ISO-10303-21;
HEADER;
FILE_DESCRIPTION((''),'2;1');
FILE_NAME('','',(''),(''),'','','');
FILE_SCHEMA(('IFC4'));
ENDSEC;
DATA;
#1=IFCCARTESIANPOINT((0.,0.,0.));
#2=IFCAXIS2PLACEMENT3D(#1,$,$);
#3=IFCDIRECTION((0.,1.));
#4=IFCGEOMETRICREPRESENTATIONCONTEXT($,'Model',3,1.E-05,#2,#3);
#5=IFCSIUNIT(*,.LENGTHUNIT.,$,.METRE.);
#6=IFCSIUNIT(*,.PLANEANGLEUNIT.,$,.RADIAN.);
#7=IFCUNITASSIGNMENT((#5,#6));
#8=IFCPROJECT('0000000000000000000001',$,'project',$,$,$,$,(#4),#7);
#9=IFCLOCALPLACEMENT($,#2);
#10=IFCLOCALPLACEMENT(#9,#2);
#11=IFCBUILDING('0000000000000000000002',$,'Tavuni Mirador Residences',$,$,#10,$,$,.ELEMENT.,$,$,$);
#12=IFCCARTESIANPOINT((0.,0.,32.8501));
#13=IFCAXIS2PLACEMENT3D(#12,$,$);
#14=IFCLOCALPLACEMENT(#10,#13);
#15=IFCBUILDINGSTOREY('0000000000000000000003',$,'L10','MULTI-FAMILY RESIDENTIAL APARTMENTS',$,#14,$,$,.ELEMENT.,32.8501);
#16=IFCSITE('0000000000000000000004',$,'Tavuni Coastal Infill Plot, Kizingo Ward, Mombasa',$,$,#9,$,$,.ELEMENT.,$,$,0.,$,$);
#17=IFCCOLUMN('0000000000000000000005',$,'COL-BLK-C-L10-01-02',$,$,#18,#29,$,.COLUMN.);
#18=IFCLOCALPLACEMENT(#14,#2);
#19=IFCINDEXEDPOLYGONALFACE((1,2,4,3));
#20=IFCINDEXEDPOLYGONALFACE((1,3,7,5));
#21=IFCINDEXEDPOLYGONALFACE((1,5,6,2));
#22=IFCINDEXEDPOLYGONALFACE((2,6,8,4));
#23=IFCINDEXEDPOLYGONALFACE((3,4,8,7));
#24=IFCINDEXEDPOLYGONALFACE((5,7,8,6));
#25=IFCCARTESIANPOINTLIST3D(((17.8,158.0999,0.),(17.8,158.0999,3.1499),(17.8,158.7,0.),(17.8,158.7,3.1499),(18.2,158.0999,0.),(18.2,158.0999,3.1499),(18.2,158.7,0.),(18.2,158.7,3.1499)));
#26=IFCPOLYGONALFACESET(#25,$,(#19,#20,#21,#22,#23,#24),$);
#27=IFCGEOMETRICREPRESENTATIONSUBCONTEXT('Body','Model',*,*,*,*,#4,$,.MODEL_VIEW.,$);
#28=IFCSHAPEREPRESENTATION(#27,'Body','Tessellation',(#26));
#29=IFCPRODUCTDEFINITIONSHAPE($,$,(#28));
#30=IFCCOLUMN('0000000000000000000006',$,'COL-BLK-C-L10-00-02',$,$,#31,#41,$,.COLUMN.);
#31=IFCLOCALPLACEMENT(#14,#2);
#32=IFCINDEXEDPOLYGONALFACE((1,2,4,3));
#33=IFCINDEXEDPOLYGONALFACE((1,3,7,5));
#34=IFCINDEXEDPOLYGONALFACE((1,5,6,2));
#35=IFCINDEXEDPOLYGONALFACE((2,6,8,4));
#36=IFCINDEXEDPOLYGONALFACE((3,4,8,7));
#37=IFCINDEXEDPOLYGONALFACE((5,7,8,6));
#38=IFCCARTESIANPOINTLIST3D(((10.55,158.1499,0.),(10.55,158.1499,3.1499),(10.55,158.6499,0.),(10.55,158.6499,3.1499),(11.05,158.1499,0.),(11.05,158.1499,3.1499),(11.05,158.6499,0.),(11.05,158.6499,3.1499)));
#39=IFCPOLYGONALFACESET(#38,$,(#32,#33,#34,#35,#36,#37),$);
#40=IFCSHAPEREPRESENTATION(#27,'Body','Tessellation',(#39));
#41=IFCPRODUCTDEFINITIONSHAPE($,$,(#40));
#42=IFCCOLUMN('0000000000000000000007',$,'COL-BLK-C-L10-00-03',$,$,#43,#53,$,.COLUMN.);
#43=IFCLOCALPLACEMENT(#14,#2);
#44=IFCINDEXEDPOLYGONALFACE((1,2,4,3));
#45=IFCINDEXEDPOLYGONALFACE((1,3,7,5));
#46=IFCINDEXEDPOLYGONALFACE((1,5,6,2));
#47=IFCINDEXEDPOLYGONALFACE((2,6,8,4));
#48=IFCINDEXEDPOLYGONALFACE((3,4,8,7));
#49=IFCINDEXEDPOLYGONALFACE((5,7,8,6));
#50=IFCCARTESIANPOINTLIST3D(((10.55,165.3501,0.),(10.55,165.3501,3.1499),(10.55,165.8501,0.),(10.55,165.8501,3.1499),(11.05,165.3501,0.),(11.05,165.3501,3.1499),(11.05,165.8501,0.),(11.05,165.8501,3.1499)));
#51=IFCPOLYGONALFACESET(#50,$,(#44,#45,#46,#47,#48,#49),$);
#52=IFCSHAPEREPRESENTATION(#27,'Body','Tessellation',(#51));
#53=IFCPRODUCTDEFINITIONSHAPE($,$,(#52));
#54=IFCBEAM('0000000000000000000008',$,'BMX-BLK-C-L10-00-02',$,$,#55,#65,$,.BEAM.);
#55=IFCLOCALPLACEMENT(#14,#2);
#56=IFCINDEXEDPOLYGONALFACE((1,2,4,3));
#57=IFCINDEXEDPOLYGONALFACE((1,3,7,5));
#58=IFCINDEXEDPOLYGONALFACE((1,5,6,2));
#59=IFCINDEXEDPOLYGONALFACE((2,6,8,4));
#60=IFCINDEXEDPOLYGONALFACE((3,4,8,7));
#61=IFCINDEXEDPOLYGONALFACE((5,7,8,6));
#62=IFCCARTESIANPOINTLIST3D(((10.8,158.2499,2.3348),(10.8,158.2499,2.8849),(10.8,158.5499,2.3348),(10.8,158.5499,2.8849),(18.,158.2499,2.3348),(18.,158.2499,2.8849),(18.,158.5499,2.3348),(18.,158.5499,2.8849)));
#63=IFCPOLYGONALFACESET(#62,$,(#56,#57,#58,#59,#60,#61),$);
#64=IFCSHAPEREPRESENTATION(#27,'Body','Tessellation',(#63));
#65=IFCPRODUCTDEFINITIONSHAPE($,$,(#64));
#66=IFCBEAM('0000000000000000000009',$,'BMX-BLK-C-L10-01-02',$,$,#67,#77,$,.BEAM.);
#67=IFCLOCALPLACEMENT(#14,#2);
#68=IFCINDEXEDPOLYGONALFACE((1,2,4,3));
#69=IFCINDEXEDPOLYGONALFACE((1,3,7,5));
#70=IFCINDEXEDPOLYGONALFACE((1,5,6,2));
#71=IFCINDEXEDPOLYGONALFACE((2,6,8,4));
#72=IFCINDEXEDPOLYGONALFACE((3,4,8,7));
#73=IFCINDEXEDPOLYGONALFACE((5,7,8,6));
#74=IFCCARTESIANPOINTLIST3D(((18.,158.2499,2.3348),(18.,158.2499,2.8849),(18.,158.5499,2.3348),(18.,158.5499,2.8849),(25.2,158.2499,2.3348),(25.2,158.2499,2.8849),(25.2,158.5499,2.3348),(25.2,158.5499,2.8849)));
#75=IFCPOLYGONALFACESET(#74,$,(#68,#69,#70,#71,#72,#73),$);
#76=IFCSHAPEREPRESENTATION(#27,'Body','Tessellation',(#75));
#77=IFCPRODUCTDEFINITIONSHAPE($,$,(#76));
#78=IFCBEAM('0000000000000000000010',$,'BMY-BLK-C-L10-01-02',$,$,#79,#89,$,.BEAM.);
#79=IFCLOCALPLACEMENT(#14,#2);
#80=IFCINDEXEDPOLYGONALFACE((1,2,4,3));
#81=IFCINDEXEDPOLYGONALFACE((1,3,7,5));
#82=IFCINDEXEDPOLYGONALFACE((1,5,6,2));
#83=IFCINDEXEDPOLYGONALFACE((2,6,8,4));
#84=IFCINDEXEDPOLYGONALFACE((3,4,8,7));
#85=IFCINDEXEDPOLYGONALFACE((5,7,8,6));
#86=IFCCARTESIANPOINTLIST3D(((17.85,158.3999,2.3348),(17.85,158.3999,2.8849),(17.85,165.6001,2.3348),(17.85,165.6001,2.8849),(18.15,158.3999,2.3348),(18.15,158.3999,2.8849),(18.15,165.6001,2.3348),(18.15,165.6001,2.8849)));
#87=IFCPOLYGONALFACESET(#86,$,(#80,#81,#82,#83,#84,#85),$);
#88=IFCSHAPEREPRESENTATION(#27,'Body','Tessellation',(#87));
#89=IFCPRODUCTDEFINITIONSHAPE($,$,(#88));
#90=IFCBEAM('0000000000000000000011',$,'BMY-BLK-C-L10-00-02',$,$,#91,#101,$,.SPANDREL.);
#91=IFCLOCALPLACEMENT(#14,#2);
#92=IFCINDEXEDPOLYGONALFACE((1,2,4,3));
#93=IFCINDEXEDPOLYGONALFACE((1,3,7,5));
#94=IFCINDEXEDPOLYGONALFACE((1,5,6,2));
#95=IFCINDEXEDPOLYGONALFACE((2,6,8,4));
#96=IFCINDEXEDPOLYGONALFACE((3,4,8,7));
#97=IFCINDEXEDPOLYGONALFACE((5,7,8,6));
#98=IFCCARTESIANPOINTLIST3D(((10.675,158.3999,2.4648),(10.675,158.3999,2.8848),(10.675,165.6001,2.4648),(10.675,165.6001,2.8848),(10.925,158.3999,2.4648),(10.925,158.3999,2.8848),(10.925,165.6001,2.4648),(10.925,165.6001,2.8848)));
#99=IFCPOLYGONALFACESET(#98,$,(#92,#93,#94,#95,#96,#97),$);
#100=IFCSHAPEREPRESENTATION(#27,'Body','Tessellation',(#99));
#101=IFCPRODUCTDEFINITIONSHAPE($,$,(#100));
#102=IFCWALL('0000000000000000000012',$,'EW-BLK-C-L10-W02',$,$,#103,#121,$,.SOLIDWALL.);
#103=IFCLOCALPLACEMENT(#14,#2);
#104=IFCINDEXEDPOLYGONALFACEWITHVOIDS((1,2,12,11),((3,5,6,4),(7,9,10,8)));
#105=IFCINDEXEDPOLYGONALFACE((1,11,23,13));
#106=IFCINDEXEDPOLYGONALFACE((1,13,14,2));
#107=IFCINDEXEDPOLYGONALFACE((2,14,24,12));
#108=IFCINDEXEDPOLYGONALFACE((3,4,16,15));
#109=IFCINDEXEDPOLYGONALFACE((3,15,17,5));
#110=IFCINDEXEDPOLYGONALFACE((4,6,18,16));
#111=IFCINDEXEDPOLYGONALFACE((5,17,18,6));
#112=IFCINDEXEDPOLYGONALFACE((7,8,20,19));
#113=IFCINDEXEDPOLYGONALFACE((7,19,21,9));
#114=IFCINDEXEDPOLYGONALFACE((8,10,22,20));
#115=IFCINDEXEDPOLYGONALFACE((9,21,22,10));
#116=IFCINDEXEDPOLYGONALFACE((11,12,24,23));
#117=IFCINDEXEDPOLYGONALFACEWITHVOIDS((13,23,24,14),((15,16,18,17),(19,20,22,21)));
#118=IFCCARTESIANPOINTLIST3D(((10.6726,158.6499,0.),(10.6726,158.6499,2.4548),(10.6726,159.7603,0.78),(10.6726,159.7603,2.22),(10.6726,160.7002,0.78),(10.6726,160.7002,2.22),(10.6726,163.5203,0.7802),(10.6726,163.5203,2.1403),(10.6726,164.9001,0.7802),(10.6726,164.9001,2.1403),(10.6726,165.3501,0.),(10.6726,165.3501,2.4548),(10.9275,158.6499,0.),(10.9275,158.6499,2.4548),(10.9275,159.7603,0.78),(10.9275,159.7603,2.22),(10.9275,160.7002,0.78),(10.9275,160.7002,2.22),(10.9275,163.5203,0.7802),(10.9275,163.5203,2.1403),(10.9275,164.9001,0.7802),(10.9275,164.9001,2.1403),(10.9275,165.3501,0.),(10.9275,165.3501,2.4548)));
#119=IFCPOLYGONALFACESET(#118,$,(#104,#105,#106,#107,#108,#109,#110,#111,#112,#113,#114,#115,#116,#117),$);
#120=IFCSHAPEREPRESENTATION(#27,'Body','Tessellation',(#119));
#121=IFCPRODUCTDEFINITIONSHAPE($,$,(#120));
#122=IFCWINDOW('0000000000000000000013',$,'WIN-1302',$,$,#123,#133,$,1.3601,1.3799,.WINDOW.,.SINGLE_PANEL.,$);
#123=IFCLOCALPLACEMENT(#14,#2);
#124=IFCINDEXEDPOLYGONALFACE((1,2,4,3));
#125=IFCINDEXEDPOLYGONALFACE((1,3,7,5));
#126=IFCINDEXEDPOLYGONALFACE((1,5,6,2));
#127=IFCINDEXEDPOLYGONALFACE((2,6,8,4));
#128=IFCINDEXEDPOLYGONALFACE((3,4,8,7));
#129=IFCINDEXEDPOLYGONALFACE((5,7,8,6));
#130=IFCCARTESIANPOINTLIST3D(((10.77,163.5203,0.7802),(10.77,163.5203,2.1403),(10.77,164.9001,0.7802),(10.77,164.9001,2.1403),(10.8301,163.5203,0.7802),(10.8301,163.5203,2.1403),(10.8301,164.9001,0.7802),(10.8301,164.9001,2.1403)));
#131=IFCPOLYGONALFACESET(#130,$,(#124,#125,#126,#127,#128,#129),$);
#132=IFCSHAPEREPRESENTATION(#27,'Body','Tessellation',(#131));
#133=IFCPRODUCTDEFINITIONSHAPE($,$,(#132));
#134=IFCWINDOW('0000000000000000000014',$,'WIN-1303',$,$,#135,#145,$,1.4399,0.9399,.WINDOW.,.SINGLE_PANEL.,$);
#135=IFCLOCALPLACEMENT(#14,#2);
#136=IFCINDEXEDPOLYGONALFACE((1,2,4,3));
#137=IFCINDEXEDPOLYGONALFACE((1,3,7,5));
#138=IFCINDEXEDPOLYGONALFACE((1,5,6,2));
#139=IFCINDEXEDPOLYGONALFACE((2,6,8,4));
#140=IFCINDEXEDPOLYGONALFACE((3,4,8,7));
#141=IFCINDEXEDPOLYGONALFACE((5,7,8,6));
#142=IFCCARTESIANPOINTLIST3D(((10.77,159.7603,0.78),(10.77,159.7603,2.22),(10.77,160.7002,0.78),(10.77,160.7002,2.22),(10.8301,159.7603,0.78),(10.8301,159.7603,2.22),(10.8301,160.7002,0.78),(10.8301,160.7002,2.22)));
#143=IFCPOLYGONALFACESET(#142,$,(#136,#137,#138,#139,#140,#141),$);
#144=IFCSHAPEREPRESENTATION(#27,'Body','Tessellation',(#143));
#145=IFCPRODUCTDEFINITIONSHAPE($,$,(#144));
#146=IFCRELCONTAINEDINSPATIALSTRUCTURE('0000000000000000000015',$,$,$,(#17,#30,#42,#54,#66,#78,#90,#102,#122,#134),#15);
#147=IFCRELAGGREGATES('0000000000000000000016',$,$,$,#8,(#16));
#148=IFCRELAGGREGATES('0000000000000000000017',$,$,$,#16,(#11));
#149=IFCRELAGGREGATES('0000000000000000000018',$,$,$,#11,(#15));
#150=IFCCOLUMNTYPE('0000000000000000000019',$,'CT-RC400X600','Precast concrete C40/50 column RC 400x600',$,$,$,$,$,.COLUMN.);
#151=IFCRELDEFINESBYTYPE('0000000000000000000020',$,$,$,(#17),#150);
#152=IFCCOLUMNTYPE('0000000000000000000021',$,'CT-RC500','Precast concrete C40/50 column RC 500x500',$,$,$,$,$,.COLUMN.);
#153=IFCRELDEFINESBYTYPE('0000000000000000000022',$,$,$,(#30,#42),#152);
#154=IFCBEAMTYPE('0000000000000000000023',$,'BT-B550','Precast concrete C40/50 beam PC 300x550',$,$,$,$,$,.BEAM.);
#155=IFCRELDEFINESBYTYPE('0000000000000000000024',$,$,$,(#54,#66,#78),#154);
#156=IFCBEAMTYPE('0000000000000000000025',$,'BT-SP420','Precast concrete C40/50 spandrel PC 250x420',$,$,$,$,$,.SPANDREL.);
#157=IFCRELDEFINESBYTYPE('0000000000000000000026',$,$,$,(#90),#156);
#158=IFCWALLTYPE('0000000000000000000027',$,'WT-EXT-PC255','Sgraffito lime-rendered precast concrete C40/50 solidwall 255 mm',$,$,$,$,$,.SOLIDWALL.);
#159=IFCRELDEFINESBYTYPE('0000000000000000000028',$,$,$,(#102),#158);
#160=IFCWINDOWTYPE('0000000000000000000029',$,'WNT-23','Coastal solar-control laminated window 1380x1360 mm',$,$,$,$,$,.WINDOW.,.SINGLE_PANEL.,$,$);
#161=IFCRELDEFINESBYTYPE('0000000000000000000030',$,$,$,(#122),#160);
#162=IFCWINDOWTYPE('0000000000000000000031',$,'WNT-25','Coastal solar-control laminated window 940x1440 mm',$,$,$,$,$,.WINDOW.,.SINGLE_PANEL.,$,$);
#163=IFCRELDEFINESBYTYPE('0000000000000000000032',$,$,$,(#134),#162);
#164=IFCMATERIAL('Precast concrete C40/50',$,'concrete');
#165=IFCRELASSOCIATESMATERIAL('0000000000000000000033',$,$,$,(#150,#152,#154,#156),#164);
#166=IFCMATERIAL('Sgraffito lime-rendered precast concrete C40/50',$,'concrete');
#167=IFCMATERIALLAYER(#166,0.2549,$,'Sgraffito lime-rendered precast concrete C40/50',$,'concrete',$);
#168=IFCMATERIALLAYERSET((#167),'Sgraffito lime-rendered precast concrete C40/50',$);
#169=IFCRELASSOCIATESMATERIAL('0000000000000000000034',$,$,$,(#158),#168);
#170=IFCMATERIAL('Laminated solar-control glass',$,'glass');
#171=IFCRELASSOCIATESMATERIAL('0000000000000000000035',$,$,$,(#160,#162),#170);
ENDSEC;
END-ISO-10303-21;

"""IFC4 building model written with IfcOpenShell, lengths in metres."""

from ifc_helpers import new_model, si_unit, direction, frame, frame_2d, origin, origin_2d, place, context, subcontext, project, spatial, rectangle, extrude, material, layer, layer_set, material_profile, profile_set, type_object, element, fill, save


model = new_model("IFC4")

# Units and contexts
model_context = context("Model", 3, precision=1e-05, world=origin(), true_north=direction((0.0, 1.0)))
body_context = subcontext(model_context, "Body", "Model", "MODEL_VIEW")
ifc_project = project(units=[si_unit("LENGTHUNIT", "METRE"), si_unit("PLANEANGLEUNIT", "RADIAN")], contexts=[model_context])

# Site, building, storey
site_placement = place(None, origin())
site = spatial("IfcSite", under=ifc_project, at=site_placement, Name="Tavuni Coastal Infill Plot, Kizingo Ward, Mombasa", CompositionType="ELEMENT", RefElevation=0.0)
building_placement = place(site_placement, origin())
building = spatial("IfcBuilding", under=site, at=building_placement, Name="Tavuni Mirador Residences", CompositionType="ELEMENT")
storey_placement = place(building_placement, frame((0.0, 0.0, 32.8501)))
storey = spatial("IfcBuildingStorey", under=building, at=storey_placement, Name="L10", Description="MULTI-FAMILY RESIDENTIAL APARTMENTS", CompositionType="ELEMENT", Elevation=32.8501)

# Columns
ifc_material_1 = material(Name="Precast concrete C40/50", Category="concrete")
ifc_material_profile_1 = material_profile(ifc_material_1, rectangle(XDim=0.3999, YDim=0.6001, at=origin_2d()), Name="RC 400x600", Category="concrete")
ifc_profile_set_1 = profile_set([ifc_material_profile_1], Name="Precast concrete C40/50")
column_type_1 = type_object("IfcColumnType", Name="CT-RC400X600", Description="Precast concrete C40/50 column RC 400x600", PredefinedType="COLUMN", material=ifc_profile_set_1)
column_placement = place(storey_placement, frame((18.0, 158.3999, 0.0), z_axis=(0.0, 0.0, 1.0), x_axis=(1.0, 0.0, 0.0)))
element("IfcColumn", 1, at=column_placement, inside=storey, type_object=column_type_1, Name="COL-BLK-C-L10-01-02", PredefinedType="COLUMN", context=body_context, shape_type="SweptSolid", body=[
    extrude(rectangle(XDim=0.3999, YDim=0.6001, at=origin_2d()), origin(), (0.0, 0.0, 1.0), 3.1499),
])
ifc_material_profile_2 = material_profile(ifc_material_1, rectangle(XDim=0.5, YDim=0.5, at=origin_2d()), Name="RC 500x500", Category="concrete")
ifc_profile_set_2 = profile_set([ifc_material_profile_2], Name="Precast concrete C40/50")
column_type_2 = type_object("IfcColumnType", Name="CT-RC500", Description="Precast concrete C40/50 column RC 500x500", PredefinedType="COLUMN", material=ifc_profile_set_2)
for number, where, z_axis, x_axis, name in (
    (2, (10.8, 158.3999, 0.0), (0.0, 0.0, 1.0), (1.0, 0.0, 0.0), "COL-BLK-C-L10-00-02"),
    (3, (10.8, 165.6001, 0.0), (0.0, 0.0, 1.0), (1.0, 0.0, 0.0), "COL-BLK-C-L10-00-03"),
):
    element("IfcColumn", number, at=place(storey_placement, frame(where, z_axis=z_axis, x_axis=x_axis)), inside=storey, type_object=column_type_2, Name=name, PredefinedType="COLUMN", context=body_context, shape_type="SweptSolid", body=[
        extrude(rectangle(XDim=0.5, YDim=0.5, at=origin_2d()), origin(), (0.0, 0.0, 1.0), 3.1499),
    ])

# Beams
ifc_material_profile_3 = material_profile(ifc_material_1, rectangle(XDim=0.3, YDim=0.55, at=origin_2d()), Name="PC 300x550", Category="concrete")
ifc_profile_set_3 = profile_set([ifc_material_profile_3], Name="Precast concrete C40/50")
beam_type_1 = type_object("IfcBeamType", Name="BT-B550", Description="Precast concrete C40/50 beam PC 300x550", PredefinedType="BEAM", material=ifc_profile_set_3)
for number, where, z_axis, x_axis, name in (
    (4, (10.8, 158.3999, 2.6099), (1.0, 0.0, 0.0), (0.0, 1.0, 0.0), "BMX-BLK-C-L10-00-02"),
    (5, (18.0, 158.3999, 2.6099), (1.0, 0.0, 0.0), (0.0, 1.0, 0.0), "BMX-BLK-C-L10-01-02"),
):
    element("IfcBeam", number, at=place(storey_placement, frame(where, z_axis=z_axis, x_axis=x_axis)), inside=storey, type_object=beam_type_1, Name=name, PredefinedType="BEAM", context=body_context, shape_type="SweptSolid", body=[
        extrude(rectangle(XDim=0.3, YDim=0.55, at=origin_2d()), origin(), (0.0, 0.0, 1.0), 7.2),
    ])
beam_1_placement = place(storey_placement, frame((18.0, 158.3999, 2.6099), z_axis=(0.0, 1.0, 0.0), x_axis=(-1.0, 0.0, 0.0)))
element("IfcBeam", 6, at=beam_1_placement, inside=storey, type_object=beam_type_1, Name="BMY-BLK-C-L10-01-02", PredefinedType="BEAM", context=body_context, shape_type="SweptSolid", body=[
    extrude(rectangle(XDim=0.3, YDim=0.55, at=origin_2d()), origin(), (0.0, 0.0, 1.0), 7.2002),
])
ifc_material_profile_4 = material_profile(ifc_material_1, rectangle(XDim=0.25, YDim=0.4199, at=origin_2d()), Name="PC 250x420", Category="concrete")
ifc_profile_set_4 = profile_set([ifc_material_profile_4], Name="Precast concrete C40/50")
beam_type_2 = type_object("IfcBeamType", Name="BT-SP420", Description="Precast concrete C40/50 spandrel PC 250x420", PredefinedType="SPANDREL", material=ifc_profile_set_4)
beam_2_placement = place(storey_placement, frame((10.8, 158.3999, 2.6748), z_axis=(0.0, 1.0, 0.0), x_axis=(-1.0, 0.0, 0.0)))
element("IfcBeam", 7, at=beam_2_placement, inside=storey, type_object=beam_type_2, Name="BMY-BLK-C-L10-00-02", PredefinedType="SPANDREL", context=body_context, shape_type="SweptSolid", body=[
    extrude(rectangle(XDim=0.25, YDim=0.4199, at=origin_2d()), origin(), (0.0, 0.0, 1.0), 7.2002),
])

# Wall, openings, windows
ifc_material_2 = material(Name="Sgraffito lime-rendered precast concrete C40/50", Category="concrete")
ifc_layer_1 = layer(ifc_material_2, 0.2549, Name="Sgraffito lime-rendered precast concrete C40/50", Category="concrete")
ifc_layer_set_1 = layer_set([ifc_layer_1], Name="Sgraffito lime-rendered precast concrete C40/50")
wall_type_1 = type_object("IfcWallType", Name="WT-EXT-PC255", Description="Sgraffito lime-rendered precast concrete C40/50 solidwall 255 mm", PredefinedType="SOLIDWALL", material=ifc_layer_set_1)
wall_1_placement = place(storey_placement, frame((10.8, 165.3501, 0.0), z_axis=(0.0, 0.0, 1.0), x_axis=(0.0, -1.0, 0.0)))
wall_1 = element("IfcWall", 8, at=wall_1_placement, inside=storey, type_object=wall_type_1, Name="EW-BLK-C-L10-W02", PredefinedType="SOLIDWALL", context=body_context, shape_type="SweptSolid", body=[
    extrude(rectangle(XDim=6.7002, YDim=0.2549, at=frame_2d((3.3501, 0.0))), origin(), (0.0, 0.0, 1.0), 2.4548),
])
opening_1_placement = place(wall_1_placement, frame((0.45, 0.0, 0.78)))
opening_1 = element("IfcOpeningElement", 9, at=opening_1_placement, cuts=wall_1, PredefinedType="OPENING", context=body_context, shape_type="SweptSolid", body=[
    extrude(rectangle(XDim=1.3799, YDim=1.3601, at=frame_2d((0.6899, 0.6802))), frame((0.0, 0.1375, 0.0), z_axis=(0.0, -1.0, 0.0), x_axis=(1.0, 0.0, 0.0)), (0.0, 0.0, 1.0), 0.2749),
])
opening_2_placement = place(wall_1_placement, frame((4.6499, 0.0, 0.78)))
opening_2 = element("IfcOpeningElement", 10, at=opening_2_placement, cuts=wall_1, PredefinedType="OPENING", context=body_context, shape_type="SweptSolid", body=[
    extrude(rectangle(XDim=0.9399, YDim=1.4399, at=frame_2d((0.47, 0.72))), frame((0.0, 0.1375, 0.0), z_axis=(0.0, -1.0, 0.0), x_axis=(1.0, 0.0, 0.0)), (0.0, 0.0, 1.0), 0.2749),
])
ifc_material_3 = material(Name="Laminated solar-control glass", Category="glass")
window_type_1 = type_object("IfcWindowType", Name="WNT-23", Description="Coastal solar-control laminated window 1380x1360 mm", PartitioningType="SINGLE_PANEL", PredefinedType="WINDOW", material=ifc_material_3)
window_1_placement = place(opening_1_placement, origin())
window_1 = element("IfcWindow", 11, at=window_1_placement, inside=storey, type_object=window_type_1, Name="WIN-1302", OverallHeight=1.3601, OverallWidth=1.3799, PartitioningType="SINGLE_PANEL", PredefinedType="WINDOW", context=body_context, shape_type="SweptSolid", body=[
    extrude(rectangle(XDim=1.3799, YDim=1.3601, at=frame_2d((0.6899, 0.6802))), frame((0.0, 0.03, 0.0), z_axis=(0.0, -1.0, 0.0), x_axis=(1.0, 0.0, 0.0)), (0.0, 0.0, 1.0), 0.0601),
])
fill(opening_1, window_1)
window_type_2 = type_object("IfcWindowType", Name="WNT-25", Description="Coastal solar-control laminated window 940x1440 mm", PartitioningType="SINGLE_PANEL", PredefinedType="WINDOW", material=ifc_material_3)
window_2_placement = place(opening_2_placement, origin())
window_2 = element("IfcWindow", 12, at=window_2_placement, inside=storey, type_object=window_type_2, Name="WIN-1303", OverallHeight=1.4399, OverallWidth=0.9399, PartitioningType="SINGLE_PANEL", PredefinedType="WINDOW", context=body_context, shape_type="SweptSolid", body=[
    extrude(rectangle(XDim=0.9399, YDim=1.4399, at=frame_2d((0.47, 0.72))), frame((0.0, 0.03, 0.0), z_axis=(0.0, -1.0, 0.0), x_axis=(1.0, 0.0, 0.0)), (0.0, 0.0, 1.0), 0.0601),
])
fill(opening_2, window_2)

save(model, "model.ifc")
